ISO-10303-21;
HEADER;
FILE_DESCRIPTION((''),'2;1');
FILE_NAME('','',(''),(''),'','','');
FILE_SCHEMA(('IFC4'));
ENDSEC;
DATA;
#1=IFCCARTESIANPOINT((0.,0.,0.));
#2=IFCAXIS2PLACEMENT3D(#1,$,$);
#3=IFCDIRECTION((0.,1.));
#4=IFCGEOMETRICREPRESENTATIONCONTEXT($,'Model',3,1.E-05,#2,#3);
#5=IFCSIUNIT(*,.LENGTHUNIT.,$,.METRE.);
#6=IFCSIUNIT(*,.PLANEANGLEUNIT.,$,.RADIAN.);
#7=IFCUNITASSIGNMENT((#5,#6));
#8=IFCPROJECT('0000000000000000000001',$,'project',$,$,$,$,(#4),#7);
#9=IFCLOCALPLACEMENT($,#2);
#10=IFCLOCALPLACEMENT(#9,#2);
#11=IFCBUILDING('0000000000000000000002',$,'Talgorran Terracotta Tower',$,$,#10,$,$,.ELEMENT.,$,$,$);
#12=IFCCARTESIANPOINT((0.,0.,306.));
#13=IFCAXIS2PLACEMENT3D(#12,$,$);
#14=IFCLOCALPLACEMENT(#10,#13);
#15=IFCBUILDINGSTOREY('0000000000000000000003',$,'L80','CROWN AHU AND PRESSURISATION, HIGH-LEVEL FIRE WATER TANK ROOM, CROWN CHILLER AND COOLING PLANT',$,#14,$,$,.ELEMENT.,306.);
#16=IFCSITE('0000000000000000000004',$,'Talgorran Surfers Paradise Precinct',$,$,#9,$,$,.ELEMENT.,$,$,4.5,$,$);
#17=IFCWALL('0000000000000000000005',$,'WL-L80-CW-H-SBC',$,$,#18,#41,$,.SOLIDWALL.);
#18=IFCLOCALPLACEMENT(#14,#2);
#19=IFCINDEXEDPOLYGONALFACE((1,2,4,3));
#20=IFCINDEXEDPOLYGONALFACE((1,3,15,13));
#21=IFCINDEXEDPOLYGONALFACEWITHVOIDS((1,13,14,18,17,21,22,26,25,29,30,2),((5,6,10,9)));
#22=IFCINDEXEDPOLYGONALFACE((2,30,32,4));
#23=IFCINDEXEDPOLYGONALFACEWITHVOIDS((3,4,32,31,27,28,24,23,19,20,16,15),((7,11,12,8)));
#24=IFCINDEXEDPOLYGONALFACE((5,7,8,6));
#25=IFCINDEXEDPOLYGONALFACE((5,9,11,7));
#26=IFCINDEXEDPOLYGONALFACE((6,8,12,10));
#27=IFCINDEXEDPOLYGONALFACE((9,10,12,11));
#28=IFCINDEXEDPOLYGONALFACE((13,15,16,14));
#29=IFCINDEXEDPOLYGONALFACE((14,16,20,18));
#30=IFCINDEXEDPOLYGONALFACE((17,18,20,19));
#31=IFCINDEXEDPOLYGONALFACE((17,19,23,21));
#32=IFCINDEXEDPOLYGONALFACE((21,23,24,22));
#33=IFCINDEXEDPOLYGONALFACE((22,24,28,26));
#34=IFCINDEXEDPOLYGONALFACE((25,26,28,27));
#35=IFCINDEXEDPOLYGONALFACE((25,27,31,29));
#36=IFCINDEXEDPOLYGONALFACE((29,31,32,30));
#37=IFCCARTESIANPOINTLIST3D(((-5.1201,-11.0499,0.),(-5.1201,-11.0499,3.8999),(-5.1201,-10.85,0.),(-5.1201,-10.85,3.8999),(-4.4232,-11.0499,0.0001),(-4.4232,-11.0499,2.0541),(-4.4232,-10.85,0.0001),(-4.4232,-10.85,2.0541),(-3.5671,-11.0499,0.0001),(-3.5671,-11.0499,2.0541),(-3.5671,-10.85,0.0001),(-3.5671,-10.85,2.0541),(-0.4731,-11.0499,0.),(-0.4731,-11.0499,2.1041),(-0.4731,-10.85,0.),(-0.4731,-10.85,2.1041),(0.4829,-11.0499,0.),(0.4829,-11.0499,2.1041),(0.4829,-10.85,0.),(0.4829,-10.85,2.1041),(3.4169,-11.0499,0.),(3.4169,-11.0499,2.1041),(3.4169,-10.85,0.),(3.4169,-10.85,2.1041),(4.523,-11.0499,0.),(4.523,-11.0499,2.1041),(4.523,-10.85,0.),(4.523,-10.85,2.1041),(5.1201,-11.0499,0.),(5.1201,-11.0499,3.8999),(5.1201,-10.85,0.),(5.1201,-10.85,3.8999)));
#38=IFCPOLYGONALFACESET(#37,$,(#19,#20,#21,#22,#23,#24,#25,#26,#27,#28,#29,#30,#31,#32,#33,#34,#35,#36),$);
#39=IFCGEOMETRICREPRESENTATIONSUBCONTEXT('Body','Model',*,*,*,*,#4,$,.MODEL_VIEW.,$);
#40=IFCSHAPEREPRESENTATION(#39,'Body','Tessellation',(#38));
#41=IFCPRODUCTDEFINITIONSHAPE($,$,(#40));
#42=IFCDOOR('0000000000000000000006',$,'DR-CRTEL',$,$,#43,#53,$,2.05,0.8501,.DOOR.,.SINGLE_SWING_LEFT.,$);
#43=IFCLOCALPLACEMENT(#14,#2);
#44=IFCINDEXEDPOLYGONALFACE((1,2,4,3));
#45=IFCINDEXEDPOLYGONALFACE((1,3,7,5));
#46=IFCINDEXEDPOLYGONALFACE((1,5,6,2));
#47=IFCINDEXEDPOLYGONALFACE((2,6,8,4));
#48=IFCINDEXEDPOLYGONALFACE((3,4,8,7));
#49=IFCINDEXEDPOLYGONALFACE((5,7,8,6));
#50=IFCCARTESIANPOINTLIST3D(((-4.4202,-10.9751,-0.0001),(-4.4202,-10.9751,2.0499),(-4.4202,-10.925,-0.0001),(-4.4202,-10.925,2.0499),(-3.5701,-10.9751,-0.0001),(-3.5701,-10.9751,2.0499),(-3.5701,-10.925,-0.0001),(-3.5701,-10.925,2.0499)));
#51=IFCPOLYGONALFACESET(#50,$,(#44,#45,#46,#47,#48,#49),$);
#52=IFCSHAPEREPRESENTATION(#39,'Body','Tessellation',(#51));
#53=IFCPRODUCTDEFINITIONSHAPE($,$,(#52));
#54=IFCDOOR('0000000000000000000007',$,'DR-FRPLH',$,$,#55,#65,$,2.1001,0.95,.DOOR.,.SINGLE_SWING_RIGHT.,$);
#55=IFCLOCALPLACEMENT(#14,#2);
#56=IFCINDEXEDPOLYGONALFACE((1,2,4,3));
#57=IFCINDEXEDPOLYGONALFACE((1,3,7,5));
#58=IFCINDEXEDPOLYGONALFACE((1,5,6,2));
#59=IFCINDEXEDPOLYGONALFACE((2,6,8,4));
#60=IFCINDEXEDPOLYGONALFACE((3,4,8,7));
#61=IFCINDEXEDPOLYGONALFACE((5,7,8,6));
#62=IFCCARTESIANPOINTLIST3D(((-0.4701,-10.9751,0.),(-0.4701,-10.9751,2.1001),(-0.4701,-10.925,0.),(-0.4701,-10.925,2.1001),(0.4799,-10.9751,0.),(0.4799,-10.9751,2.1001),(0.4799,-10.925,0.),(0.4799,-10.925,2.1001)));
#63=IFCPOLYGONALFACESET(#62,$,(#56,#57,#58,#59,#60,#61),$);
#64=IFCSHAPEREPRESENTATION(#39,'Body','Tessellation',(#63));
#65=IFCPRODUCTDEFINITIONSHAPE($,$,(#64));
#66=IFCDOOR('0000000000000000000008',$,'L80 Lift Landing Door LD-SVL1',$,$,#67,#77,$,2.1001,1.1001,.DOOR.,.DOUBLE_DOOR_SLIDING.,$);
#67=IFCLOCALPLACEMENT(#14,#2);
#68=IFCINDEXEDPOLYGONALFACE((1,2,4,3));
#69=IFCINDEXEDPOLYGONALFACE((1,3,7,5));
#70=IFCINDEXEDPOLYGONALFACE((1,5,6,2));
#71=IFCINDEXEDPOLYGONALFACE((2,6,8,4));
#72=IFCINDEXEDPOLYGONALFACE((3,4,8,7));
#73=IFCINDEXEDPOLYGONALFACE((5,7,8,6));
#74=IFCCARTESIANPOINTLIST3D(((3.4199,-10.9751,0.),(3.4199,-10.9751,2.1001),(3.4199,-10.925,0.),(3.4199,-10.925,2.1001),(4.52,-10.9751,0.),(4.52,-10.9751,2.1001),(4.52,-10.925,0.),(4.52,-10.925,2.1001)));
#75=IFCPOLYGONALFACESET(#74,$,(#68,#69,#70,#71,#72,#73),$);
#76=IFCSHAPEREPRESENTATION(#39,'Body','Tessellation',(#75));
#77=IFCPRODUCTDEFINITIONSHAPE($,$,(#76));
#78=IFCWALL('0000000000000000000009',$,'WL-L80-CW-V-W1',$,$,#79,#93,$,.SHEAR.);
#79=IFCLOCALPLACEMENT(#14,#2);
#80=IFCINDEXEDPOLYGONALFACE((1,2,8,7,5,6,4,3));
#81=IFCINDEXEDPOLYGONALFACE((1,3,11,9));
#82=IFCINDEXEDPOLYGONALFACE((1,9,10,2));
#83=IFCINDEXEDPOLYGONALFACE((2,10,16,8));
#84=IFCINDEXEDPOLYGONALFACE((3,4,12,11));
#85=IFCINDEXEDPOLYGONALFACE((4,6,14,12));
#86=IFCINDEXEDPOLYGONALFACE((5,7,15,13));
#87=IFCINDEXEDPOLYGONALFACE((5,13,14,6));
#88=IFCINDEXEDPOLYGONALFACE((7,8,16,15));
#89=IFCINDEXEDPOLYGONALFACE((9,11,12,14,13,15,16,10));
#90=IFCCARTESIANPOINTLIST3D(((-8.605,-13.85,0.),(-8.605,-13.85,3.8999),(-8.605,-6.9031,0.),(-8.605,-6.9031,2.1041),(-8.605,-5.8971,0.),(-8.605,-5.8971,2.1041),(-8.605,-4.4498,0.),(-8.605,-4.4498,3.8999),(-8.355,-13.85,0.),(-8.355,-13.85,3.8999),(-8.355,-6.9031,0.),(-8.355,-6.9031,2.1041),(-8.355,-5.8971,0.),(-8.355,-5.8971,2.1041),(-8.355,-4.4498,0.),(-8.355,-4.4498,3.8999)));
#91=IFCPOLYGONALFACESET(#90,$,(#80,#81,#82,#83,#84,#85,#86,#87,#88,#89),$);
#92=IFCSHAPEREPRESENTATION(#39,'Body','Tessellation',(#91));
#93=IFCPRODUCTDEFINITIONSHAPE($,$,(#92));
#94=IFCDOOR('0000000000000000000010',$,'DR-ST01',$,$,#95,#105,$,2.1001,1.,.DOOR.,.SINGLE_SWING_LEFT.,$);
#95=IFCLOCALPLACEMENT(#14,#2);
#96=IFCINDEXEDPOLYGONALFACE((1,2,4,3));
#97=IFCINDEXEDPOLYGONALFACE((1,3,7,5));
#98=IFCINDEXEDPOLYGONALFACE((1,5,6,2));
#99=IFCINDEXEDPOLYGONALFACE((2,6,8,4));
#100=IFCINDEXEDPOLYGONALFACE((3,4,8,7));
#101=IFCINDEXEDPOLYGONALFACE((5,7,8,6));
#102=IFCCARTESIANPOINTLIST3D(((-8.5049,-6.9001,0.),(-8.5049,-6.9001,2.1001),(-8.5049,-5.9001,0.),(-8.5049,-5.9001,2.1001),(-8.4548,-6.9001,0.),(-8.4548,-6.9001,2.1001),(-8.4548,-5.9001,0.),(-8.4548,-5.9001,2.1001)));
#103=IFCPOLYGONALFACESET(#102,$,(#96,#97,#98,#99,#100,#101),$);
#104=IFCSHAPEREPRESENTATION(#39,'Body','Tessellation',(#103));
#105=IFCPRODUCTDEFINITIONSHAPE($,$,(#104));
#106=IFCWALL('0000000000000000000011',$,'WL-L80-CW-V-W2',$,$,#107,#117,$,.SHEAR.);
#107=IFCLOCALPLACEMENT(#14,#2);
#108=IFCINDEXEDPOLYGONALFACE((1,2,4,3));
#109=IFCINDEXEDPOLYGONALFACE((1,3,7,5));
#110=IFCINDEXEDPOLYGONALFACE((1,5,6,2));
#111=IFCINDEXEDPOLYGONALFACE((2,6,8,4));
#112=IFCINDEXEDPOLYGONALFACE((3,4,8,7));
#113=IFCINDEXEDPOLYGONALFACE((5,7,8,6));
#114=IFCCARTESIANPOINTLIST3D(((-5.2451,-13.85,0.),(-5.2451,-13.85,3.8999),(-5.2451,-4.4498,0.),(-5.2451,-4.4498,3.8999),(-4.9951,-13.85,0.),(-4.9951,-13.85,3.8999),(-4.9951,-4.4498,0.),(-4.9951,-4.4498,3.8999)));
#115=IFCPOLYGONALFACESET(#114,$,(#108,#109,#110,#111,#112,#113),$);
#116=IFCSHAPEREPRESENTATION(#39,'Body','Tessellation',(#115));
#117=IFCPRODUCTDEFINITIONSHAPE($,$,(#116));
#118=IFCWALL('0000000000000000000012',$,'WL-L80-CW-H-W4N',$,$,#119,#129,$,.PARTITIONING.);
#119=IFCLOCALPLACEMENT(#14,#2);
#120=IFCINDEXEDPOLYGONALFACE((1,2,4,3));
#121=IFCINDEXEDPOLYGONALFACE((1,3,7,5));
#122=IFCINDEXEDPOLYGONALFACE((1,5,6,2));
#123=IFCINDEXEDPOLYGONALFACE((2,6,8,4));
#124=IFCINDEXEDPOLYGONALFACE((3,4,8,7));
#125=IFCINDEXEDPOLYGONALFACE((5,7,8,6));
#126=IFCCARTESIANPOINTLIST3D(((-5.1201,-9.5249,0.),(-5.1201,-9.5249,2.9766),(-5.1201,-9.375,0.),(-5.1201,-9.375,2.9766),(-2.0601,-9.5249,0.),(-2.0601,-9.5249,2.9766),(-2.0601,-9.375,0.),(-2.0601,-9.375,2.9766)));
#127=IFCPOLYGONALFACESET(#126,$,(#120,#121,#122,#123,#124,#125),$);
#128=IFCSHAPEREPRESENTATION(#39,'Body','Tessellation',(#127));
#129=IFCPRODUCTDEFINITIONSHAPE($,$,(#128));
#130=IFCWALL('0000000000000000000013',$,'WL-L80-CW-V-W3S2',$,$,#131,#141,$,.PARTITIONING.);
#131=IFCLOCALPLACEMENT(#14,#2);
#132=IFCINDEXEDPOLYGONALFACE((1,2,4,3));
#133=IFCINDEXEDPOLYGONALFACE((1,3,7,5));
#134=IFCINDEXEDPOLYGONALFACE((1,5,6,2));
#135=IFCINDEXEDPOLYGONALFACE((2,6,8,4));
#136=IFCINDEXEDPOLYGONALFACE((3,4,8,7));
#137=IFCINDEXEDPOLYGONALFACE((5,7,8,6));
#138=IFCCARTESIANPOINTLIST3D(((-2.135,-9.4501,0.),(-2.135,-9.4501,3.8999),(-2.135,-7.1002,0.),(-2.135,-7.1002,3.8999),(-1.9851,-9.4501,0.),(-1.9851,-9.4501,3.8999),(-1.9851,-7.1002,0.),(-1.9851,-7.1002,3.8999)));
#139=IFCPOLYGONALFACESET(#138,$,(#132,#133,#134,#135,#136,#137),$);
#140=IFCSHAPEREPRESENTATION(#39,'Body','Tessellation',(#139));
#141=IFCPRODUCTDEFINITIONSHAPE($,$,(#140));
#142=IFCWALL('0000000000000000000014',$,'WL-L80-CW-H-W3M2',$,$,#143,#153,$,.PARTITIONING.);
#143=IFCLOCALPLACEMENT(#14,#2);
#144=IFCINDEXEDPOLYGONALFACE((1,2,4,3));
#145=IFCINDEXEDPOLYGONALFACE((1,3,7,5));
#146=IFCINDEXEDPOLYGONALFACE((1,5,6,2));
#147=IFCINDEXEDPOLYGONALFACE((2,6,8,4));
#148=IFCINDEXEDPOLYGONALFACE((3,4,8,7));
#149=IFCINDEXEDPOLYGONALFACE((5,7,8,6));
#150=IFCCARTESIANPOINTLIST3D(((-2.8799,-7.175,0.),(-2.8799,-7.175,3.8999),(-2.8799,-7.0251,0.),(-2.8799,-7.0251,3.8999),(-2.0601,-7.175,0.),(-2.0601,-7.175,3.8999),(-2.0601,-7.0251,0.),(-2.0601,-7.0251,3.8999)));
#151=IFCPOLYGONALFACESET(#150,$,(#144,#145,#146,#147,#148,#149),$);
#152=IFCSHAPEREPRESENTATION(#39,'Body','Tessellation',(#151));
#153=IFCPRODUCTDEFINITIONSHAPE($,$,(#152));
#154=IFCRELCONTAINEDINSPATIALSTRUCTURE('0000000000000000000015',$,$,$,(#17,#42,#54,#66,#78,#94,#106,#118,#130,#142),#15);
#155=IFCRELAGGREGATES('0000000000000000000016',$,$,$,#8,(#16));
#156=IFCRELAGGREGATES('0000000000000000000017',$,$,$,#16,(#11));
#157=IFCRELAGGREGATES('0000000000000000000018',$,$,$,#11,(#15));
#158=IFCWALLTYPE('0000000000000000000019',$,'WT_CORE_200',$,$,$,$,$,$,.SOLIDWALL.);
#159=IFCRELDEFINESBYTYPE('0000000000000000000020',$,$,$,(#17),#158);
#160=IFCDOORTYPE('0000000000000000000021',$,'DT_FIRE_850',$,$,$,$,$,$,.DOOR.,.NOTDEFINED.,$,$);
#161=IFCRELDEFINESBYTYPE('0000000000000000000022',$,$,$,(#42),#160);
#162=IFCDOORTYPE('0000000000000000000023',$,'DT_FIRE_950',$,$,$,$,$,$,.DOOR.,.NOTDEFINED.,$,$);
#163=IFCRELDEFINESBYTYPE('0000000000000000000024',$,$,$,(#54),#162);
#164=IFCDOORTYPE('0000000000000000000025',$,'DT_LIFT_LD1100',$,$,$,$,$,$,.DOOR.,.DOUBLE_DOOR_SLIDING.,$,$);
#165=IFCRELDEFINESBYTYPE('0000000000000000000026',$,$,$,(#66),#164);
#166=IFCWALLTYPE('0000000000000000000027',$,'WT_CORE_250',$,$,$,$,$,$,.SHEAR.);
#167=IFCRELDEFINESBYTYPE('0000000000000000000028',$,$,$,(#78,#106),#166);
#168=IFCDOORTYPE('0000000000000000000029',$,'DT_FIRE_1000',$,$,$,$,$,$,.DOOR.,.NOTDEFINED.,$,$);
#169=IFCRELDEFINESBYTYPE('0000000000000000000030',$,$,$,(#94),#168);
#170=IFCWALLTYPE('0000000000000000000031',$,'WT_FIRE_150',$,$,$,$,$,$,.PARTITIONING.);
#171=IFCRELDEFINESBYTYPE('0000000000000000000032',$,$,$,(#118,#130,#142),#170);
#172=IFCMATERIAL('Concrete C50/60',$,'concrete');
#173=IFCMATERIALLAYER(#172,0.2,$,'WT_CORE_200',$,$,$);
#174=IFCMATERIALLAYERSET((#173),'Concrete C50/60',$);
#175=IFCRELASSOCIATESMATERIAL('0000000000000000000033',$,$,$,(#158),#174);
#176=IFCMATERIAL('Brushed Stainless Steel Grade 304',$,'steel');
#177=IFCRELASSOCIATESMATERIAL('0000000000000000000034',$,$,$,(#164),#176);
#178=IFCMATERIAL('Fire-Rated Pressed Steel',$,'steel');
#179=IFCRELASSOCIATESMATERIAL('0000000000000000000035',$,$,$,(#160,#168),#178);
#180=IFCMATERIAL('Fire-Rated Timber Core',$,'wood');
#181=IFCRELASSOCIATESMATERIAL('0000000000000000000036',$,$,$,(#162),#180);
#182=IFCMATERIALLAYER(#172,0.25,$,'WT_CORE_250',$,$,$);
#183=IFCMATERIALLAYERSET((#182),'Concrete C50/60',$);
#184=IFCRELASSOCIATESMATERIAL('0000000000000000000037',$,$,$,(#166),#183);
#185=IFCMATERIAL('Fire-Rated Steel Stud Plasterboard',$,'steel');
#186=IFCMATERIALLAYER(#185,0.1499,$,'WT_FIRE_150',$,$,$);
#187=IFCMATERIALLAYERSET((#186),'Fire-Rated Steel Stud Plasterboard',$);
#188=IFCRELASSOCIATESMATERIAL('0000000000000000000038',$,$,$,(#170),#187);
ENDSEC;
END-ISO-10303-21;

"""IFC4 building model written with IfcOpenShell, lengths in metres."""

from ifc_helpers import new_model, si_unit, direction, frame, frame_2d, origin, place, context, subcontext, project, spatial, rectangle, extrude, material, layer, layer_set, type_object, element, fill, save


model = new_model("IFC4")

# Units and contexts
model_context = context("Model", 3, precision=1e-05, world=origin(), true_north=direction((0.0, 1.0)))
body_context = subcontext(model_context, "Body", "Model", "MODEL_VIEW")
ifc_project = project(units=[si_unit("LENGTHUNIT", "METRE"), si_unit("PLANEANGLEUNIT", "RADIAN")], contexts=[model_context])

# Site, building, storey
site_placement = place(None, origin())
site = spatial("IfcSite", under=ifc_project, at=site_placement, Name="Talgorran Surfers Paradise Precinct", CompositionType="ELEMENT", RefElevation=4.5)
building_placement = place(site_placement, origin())
building = spatial("IfcBuilding", under=site, at=building_placement, Name="Talgorran Terracotta Tower", CompositionType="ELEMENT")
storey_placement = place(building_placement, frame((0.0, 0.0, 306.0)))
storey = spatial("IfcBuildingStorey", under=building, at=storey_placement, Name="L80", Description="CROWN AHU AND PRESSURISATION, HIGH-LEVEL FIRE WATER TANK ROOM, CROWN CHILLER AND COOLING PLANT", CompositionType="ELEMENT", Elevation=306.0)

# Shared definitions
ifc_material_1 = material(Name="Concrete C50/60", Category="concrete")

# Shared definitions
ifc_layer_1 = layer(ifc_material_1, 0.2, Name="WT_CORE_200")
ifc_layer_set_1 = layer_set([ifc_layer_1], Name="Concrete C50/60")
wall_type_1 = type_object("IfcWallType", Name="WT_CORE_200", PredefinedType="SOLIDWALL", material=ifc_layer_set_1)

# Wall, openings, doors
ifc_material_2 = material(Name="Brushed Stainless Steel Grade 304", Category="steel")
door_type_1 = type_object("IfcDoorType", Name="DT_LIFT_LD1100", OperationType="DOUBLE_DOOR_SLIDING", PredefinedType="DOOR", material=ifc_material_2)
ifc_material_3 = material(Name="Fire-Rated Pressed Steel", Category="steel")
wall_1_placement = place(storey_placement, frame((-5.1201, -10.95, 0.0), z_axis=(0.0, 0.0, 1.0), x_axis=(1.0, 0.0, 0.0)))
wall_1 = element("IfcWall", 1, at=wall_1_placement, inside=storey, type_object=wall_type_1, Name="WL-L80-CW-H-SBC", PredefinedType="SOLIDWALL", context=body_context, shape_type="SweptSolid", body=[
    extrude(rectangle(XDim=10.2402, YDim=0.2, at=frame_2d((5.1201, 0.0))), origin(), (0.0, 0.0, 1.0), 3.8999),
])
opening_1_placement = place(wall_1_placement, frame((0.7, 0.0, 0.0)))
opening_1 = element("IfcOpeningElement", 2, at=opening_1_placement, cuts=wall_1, PredefinedType="OPENING", context=body_context, shape_type="SweptSolid", body=[
    extrude(rectangle(XDim=0.8561, YDim=2.054, at=frame_2d((0.425, 1.0271))), frame((0.0, 0.1099, 0.0), z_axis=(0.0, -1.0, 0.0), x_axis=(1.0, 0.0, 0.0)), (0.0, 0.0, 1.0), 0.22),
])
opening_2_placement = place(wall_1_placement, frame((4.6499, 0.0, 0.0)))
opening_2 = element("IfcOpeningElement", 3, at=opening_2_placement, cuts=wall_1, PredefinedType="OPENING", context=body_context, shape_type="SweptSolid", body=[
    extrude(rectangle(XDim=0.956, YDim=2.1041, at=frame_2d((0.4751, 1.052))), frame((0.0, 0.1099, 0.0), z_axis=(0.0, -1.0, 0.0), x_axis=(1.0, 0.0, 0.0)), (0.0, 0.0, 1.0), 0.22),
])
opening_3_placement = place(wall_1_placement, frame((8.54, 0.0, 0.0)))
opening_3 = element("IfcOpeningElement", 4, at=opening_3_placement, cuts=wall_1, PredefinedType="OPENING", context=body_context, shape_type="SweptSolid", body=[
    extrude(rectangle(XDim=1.1061, YDim=2.1041, at=frame_2d((0.55, 1.052))), frame((0.0, 0.1099, 0.0), z_axis=(0.0, -1.0, 0.0), x_axis=(1.0, 0.0, 0.0)), (0.0, 0.0, 1.0), 0.22),
])
door_type_2 = type_object("IfcDoorType", Name="DT_FIRE_850", OperationType="NOTDEFINED", PredefinedType="DOOR", material=ifc_material_3)
door_1_placement = place(opening_1_placement, origin())
door_1 = element("IfcDoor", 5, at=door_1_placement, inside=storey, type_object=door_type_2, Name="DR-CRTEL", OperationType="SINGLE_SWING_LEFT", OverallHeight=2.05, OverallWidth=0.8501, PredefinedType="DOOR", context=body_context, shape_type="SweptSolid", body=[
    extrude(rectangle(XDim=0.8501, YDim=2.05, at=frame_2d((0.425, 1.0249))), frame((0.0, 0.0249, 0.0), z_axis=(0.0, -1.0, 0.0), x_axis=(1.0, 0.0, 0.0)), (0.0, 0.0, 1.0), 0.05),
])
fill(opening_1, door_1)
ifc_material_4 = material(Name="Fire-Rated Timber Core", Category="wood")
door_type_3 = type_object("IfcDoorType", Name="DT_FIRE_950", OperationType="NOTDEFINED", PredefinedType="DOOR", material=ifc_material_4)
door_2_placement = place(opening_2_placement, origin())
door_2 = element("IfcDoor", 6, at=door_2_placement, inside=storey, type_object=door_type_3, Name="DR-FRPLH", OperationType="SINGLE_SWING_RIGHT", OverallHeight=2.1001, OverallWidth=0.95, PredefinedType="DOOR", context=body_context, shape_type="SweptSolid", body=[
    extrude(rectangle(XDim=0.95, YDim=2.1001, at=frame_2d((0.4751, 1.05))), frame((0.0, 0.0249, 0.0), z_axis=(0.0, -1.0, 0.0), x_axis=(1.0, 0.0, 0.0)), (0.0, 0.0, 1.0), 0.05),
])
fill(opening_2, door_2)
door_3_placement = place(opening_3_placement, origin())
door_3 = element("IfcDoor", 7, at=door_3_placement, inside=storey, type_object=door_type_1, Name="L80 Lift Landing Door LD-SVL1", OperationType="DOUBLE_DOOR_SLIDING", OverallHeight=2.1001, OverallWidth=1.1001, PredefinedType="DOOR", context=body_context, shape_type="SweptSolid", body=[
    extrude(rectangle(XDim=1.1001, YDim=2.1001, at=frame_2d((0.55, 1.05))), frame((0.0, 0.0249, 0.0), z_axis=(0.0, -1.0, 0.0), x_axis=(1.0, 0.0, 0.0)), (0.0, 0.0, 1.0), 0.05),
])
fill(opening_3, door_3)

# Wall, opening, door
ifc_layer_2 = layer(ifc_material_1, 0.25, Name="WT_CORE_250")
ifc_layer_set_2 = layer_set([ifc_layer_2], Name="Concrete C50/60")
wall_type_2 = type_object("IfcWallType", Name="WT_CORE_250", PredefinedType="SHEAR", material=ifc_layer_set_2)
wall_2_placement = place(storey_placement, frame((-8.48, -13.8501, 0.0), z_axis=(0.0, 0.0, 1.0), x_axis=(0.0, 1.0, 0.0)))
wall_2 = element("IfcWall", 8, at=wall_2_placement, inside=storey, type_object=wall_type_2, Name="WL-L80-CW-V-W1", PredefinedType="SHEAR", context=body_context, shape_type="SweptSolid", body=[
    extrude(rectangle(XDim=9.4001, YDim=0.25, at=frame_2d((4.7002, 0.0))), origin(), (0.0, 0.0, 1.0), 3.8999),
])
opening_4_placement = place(wall_2_placement, frame((6.95, 0.0, 0.0)))
opening_4 = element("IfcOpeningElement", 9, at=opening_4_placement, cuts=wall_2, PredefinedType="OPENING", context=body_context, shape_type="SweptSolid", body=[
    extrude(rectangle(XDim=1.006, YDim=2.1041, at=frame_2d((0.5, 1.052))), frame((0.0, 0.135, 0.0), z_axis=(0.0, -1.0, 0.0), x_axis=(1.0, 0.0, 0.0)), (0.0, 0.0, 1.0), 0.27),
])
door_type_4 = type_object("IfcDoorType", Name="DT_FIRE_1000", OperationType="NOTDEFINED", PredefinedType="DOOR", material=ifc_material_3)
door_4_placement = place(opening_4_placement, origin())
door_4 = element("IfcDoor", 10, at=door_4_placement, inside=storey, type_object=door_type_4, Name="DR-ST01", OperationType="SINGLE_SWING_LEFT", OverallHeight=2.1001, OverallWidth=1.0, PredefinedType="DOOR", context=body_context, shape_type="SweptSolid", body=[
    extrude(rectangle(XDim=1.0, YDim=2.1001, at=frame_2d((0.5, 1.05))), frame((0.0, 0.0249, 0.0), z_axis=(0.0, -1.0, 0.0), x_axis=(1.0, 0.0, 0.0)), (0.0, 0.0, 1.0), 0.05),
])
fill(opening_4, door_4)

# Walls
wall_3_placement = place(storey_placement, frame((-5.1201, -13.8501, 0.0), z_axis=(0.0, 0.0, 1.0), x_axis=(0.0, 1.0, 0.0)))
element("IfcWall", 11, at=wall_3_placement, inside=storey, type_object=wall_type_2, Name="WL-L80-CW-V-W2", PredefinedType="SHEAR", context=body_context, shape_type="SweptSolid", body=[
    extrude(rectangle(XDim=9.4001, YDim=0.25, at=frame_2d((4.7002, 0.0))), origin(), (0.0, 0.0, 1.0), 3.8999),
])
ifc_material_5 = material(Name="Fire-Rated Steel Stud Plasterboard", Category="steel")
ifc_layer_3 = layer(ifc_material_5, 0.1499, Name="WT_FIRE_150")
ifc_layer_set_3 = layer_set([ifc_layer_3], Name="Fire-Rated Steel Stud Plasterboard")
wall_type_3 = type_object("IfcWallType", Name="WT_FIRE_150", PredefinedType="PARTITIONING", material=ifc_layer_set_3)
wall_4_placement = place(storey_placement, frame((-5.1201, -9.45, 0.0), z_axis=(0.0, 0.0, 1.0), x_axis=(1.0, 0.0, 0.0)))
element("IfcWall", 12, at=wall_4_placement, inside=storey, type_object=wall_type_3, Name="WL-L80-CW-H-W4N", PredefinedType="PARTITIONING", context=body_context, shape_type="SweptSolid", body=[
    extrude(rectangle(XDim=3.0601, YDim=0.1499, at=frame_2d((1.53, 0.0))), origin(), (0.0, 0.0, 1.0), 2.9766),
])
wall_5_placement = place(storey_placement, frame((-2.0601, -9.45, 0.0), z_axis=(0.0, 0.0, 1.0), x_axis=(0.0, 1.0, 0.0)))
element("IfcWall", 13, at=wall_5_placement, inside=storey, type_object=wall_type_3, Name="WL-L80-CW-V-W3S2", PredefinedType="PARTITIONING", context=body_context, shape_type="SweptSolid", body=[
    extrude(rectangle(XDim=2.3499, YDim=0.1499, at=frame_2d((1.1748, 0.0))), origin(), (0.0, 0.0, 1.0), 3.8999),
])
wall_6_placement = place(storey_placement, frame((-2.8799, -7.1001, 0.0), z_axis=(0.0, 0.0, 1.0), x_axis=(1.0, 0.0, 0.0)))
element("IfcWall", 14, at=wall_6_placement, inside=storey, type_object=wall_type_3, Name="WL-L80-CW-H-W3M2", PredefinedType="PARTITIONING", context=body_context, shape_type="SweptSolid", body=[
    extrude(rectangle(XDim=0.8198, YDim=0.1499, at=frame_2d((0.4099, 0.0))), origin(), (0.0, 0.0, 1.0), 3.8999),
])

save(model, "model.ifc")
